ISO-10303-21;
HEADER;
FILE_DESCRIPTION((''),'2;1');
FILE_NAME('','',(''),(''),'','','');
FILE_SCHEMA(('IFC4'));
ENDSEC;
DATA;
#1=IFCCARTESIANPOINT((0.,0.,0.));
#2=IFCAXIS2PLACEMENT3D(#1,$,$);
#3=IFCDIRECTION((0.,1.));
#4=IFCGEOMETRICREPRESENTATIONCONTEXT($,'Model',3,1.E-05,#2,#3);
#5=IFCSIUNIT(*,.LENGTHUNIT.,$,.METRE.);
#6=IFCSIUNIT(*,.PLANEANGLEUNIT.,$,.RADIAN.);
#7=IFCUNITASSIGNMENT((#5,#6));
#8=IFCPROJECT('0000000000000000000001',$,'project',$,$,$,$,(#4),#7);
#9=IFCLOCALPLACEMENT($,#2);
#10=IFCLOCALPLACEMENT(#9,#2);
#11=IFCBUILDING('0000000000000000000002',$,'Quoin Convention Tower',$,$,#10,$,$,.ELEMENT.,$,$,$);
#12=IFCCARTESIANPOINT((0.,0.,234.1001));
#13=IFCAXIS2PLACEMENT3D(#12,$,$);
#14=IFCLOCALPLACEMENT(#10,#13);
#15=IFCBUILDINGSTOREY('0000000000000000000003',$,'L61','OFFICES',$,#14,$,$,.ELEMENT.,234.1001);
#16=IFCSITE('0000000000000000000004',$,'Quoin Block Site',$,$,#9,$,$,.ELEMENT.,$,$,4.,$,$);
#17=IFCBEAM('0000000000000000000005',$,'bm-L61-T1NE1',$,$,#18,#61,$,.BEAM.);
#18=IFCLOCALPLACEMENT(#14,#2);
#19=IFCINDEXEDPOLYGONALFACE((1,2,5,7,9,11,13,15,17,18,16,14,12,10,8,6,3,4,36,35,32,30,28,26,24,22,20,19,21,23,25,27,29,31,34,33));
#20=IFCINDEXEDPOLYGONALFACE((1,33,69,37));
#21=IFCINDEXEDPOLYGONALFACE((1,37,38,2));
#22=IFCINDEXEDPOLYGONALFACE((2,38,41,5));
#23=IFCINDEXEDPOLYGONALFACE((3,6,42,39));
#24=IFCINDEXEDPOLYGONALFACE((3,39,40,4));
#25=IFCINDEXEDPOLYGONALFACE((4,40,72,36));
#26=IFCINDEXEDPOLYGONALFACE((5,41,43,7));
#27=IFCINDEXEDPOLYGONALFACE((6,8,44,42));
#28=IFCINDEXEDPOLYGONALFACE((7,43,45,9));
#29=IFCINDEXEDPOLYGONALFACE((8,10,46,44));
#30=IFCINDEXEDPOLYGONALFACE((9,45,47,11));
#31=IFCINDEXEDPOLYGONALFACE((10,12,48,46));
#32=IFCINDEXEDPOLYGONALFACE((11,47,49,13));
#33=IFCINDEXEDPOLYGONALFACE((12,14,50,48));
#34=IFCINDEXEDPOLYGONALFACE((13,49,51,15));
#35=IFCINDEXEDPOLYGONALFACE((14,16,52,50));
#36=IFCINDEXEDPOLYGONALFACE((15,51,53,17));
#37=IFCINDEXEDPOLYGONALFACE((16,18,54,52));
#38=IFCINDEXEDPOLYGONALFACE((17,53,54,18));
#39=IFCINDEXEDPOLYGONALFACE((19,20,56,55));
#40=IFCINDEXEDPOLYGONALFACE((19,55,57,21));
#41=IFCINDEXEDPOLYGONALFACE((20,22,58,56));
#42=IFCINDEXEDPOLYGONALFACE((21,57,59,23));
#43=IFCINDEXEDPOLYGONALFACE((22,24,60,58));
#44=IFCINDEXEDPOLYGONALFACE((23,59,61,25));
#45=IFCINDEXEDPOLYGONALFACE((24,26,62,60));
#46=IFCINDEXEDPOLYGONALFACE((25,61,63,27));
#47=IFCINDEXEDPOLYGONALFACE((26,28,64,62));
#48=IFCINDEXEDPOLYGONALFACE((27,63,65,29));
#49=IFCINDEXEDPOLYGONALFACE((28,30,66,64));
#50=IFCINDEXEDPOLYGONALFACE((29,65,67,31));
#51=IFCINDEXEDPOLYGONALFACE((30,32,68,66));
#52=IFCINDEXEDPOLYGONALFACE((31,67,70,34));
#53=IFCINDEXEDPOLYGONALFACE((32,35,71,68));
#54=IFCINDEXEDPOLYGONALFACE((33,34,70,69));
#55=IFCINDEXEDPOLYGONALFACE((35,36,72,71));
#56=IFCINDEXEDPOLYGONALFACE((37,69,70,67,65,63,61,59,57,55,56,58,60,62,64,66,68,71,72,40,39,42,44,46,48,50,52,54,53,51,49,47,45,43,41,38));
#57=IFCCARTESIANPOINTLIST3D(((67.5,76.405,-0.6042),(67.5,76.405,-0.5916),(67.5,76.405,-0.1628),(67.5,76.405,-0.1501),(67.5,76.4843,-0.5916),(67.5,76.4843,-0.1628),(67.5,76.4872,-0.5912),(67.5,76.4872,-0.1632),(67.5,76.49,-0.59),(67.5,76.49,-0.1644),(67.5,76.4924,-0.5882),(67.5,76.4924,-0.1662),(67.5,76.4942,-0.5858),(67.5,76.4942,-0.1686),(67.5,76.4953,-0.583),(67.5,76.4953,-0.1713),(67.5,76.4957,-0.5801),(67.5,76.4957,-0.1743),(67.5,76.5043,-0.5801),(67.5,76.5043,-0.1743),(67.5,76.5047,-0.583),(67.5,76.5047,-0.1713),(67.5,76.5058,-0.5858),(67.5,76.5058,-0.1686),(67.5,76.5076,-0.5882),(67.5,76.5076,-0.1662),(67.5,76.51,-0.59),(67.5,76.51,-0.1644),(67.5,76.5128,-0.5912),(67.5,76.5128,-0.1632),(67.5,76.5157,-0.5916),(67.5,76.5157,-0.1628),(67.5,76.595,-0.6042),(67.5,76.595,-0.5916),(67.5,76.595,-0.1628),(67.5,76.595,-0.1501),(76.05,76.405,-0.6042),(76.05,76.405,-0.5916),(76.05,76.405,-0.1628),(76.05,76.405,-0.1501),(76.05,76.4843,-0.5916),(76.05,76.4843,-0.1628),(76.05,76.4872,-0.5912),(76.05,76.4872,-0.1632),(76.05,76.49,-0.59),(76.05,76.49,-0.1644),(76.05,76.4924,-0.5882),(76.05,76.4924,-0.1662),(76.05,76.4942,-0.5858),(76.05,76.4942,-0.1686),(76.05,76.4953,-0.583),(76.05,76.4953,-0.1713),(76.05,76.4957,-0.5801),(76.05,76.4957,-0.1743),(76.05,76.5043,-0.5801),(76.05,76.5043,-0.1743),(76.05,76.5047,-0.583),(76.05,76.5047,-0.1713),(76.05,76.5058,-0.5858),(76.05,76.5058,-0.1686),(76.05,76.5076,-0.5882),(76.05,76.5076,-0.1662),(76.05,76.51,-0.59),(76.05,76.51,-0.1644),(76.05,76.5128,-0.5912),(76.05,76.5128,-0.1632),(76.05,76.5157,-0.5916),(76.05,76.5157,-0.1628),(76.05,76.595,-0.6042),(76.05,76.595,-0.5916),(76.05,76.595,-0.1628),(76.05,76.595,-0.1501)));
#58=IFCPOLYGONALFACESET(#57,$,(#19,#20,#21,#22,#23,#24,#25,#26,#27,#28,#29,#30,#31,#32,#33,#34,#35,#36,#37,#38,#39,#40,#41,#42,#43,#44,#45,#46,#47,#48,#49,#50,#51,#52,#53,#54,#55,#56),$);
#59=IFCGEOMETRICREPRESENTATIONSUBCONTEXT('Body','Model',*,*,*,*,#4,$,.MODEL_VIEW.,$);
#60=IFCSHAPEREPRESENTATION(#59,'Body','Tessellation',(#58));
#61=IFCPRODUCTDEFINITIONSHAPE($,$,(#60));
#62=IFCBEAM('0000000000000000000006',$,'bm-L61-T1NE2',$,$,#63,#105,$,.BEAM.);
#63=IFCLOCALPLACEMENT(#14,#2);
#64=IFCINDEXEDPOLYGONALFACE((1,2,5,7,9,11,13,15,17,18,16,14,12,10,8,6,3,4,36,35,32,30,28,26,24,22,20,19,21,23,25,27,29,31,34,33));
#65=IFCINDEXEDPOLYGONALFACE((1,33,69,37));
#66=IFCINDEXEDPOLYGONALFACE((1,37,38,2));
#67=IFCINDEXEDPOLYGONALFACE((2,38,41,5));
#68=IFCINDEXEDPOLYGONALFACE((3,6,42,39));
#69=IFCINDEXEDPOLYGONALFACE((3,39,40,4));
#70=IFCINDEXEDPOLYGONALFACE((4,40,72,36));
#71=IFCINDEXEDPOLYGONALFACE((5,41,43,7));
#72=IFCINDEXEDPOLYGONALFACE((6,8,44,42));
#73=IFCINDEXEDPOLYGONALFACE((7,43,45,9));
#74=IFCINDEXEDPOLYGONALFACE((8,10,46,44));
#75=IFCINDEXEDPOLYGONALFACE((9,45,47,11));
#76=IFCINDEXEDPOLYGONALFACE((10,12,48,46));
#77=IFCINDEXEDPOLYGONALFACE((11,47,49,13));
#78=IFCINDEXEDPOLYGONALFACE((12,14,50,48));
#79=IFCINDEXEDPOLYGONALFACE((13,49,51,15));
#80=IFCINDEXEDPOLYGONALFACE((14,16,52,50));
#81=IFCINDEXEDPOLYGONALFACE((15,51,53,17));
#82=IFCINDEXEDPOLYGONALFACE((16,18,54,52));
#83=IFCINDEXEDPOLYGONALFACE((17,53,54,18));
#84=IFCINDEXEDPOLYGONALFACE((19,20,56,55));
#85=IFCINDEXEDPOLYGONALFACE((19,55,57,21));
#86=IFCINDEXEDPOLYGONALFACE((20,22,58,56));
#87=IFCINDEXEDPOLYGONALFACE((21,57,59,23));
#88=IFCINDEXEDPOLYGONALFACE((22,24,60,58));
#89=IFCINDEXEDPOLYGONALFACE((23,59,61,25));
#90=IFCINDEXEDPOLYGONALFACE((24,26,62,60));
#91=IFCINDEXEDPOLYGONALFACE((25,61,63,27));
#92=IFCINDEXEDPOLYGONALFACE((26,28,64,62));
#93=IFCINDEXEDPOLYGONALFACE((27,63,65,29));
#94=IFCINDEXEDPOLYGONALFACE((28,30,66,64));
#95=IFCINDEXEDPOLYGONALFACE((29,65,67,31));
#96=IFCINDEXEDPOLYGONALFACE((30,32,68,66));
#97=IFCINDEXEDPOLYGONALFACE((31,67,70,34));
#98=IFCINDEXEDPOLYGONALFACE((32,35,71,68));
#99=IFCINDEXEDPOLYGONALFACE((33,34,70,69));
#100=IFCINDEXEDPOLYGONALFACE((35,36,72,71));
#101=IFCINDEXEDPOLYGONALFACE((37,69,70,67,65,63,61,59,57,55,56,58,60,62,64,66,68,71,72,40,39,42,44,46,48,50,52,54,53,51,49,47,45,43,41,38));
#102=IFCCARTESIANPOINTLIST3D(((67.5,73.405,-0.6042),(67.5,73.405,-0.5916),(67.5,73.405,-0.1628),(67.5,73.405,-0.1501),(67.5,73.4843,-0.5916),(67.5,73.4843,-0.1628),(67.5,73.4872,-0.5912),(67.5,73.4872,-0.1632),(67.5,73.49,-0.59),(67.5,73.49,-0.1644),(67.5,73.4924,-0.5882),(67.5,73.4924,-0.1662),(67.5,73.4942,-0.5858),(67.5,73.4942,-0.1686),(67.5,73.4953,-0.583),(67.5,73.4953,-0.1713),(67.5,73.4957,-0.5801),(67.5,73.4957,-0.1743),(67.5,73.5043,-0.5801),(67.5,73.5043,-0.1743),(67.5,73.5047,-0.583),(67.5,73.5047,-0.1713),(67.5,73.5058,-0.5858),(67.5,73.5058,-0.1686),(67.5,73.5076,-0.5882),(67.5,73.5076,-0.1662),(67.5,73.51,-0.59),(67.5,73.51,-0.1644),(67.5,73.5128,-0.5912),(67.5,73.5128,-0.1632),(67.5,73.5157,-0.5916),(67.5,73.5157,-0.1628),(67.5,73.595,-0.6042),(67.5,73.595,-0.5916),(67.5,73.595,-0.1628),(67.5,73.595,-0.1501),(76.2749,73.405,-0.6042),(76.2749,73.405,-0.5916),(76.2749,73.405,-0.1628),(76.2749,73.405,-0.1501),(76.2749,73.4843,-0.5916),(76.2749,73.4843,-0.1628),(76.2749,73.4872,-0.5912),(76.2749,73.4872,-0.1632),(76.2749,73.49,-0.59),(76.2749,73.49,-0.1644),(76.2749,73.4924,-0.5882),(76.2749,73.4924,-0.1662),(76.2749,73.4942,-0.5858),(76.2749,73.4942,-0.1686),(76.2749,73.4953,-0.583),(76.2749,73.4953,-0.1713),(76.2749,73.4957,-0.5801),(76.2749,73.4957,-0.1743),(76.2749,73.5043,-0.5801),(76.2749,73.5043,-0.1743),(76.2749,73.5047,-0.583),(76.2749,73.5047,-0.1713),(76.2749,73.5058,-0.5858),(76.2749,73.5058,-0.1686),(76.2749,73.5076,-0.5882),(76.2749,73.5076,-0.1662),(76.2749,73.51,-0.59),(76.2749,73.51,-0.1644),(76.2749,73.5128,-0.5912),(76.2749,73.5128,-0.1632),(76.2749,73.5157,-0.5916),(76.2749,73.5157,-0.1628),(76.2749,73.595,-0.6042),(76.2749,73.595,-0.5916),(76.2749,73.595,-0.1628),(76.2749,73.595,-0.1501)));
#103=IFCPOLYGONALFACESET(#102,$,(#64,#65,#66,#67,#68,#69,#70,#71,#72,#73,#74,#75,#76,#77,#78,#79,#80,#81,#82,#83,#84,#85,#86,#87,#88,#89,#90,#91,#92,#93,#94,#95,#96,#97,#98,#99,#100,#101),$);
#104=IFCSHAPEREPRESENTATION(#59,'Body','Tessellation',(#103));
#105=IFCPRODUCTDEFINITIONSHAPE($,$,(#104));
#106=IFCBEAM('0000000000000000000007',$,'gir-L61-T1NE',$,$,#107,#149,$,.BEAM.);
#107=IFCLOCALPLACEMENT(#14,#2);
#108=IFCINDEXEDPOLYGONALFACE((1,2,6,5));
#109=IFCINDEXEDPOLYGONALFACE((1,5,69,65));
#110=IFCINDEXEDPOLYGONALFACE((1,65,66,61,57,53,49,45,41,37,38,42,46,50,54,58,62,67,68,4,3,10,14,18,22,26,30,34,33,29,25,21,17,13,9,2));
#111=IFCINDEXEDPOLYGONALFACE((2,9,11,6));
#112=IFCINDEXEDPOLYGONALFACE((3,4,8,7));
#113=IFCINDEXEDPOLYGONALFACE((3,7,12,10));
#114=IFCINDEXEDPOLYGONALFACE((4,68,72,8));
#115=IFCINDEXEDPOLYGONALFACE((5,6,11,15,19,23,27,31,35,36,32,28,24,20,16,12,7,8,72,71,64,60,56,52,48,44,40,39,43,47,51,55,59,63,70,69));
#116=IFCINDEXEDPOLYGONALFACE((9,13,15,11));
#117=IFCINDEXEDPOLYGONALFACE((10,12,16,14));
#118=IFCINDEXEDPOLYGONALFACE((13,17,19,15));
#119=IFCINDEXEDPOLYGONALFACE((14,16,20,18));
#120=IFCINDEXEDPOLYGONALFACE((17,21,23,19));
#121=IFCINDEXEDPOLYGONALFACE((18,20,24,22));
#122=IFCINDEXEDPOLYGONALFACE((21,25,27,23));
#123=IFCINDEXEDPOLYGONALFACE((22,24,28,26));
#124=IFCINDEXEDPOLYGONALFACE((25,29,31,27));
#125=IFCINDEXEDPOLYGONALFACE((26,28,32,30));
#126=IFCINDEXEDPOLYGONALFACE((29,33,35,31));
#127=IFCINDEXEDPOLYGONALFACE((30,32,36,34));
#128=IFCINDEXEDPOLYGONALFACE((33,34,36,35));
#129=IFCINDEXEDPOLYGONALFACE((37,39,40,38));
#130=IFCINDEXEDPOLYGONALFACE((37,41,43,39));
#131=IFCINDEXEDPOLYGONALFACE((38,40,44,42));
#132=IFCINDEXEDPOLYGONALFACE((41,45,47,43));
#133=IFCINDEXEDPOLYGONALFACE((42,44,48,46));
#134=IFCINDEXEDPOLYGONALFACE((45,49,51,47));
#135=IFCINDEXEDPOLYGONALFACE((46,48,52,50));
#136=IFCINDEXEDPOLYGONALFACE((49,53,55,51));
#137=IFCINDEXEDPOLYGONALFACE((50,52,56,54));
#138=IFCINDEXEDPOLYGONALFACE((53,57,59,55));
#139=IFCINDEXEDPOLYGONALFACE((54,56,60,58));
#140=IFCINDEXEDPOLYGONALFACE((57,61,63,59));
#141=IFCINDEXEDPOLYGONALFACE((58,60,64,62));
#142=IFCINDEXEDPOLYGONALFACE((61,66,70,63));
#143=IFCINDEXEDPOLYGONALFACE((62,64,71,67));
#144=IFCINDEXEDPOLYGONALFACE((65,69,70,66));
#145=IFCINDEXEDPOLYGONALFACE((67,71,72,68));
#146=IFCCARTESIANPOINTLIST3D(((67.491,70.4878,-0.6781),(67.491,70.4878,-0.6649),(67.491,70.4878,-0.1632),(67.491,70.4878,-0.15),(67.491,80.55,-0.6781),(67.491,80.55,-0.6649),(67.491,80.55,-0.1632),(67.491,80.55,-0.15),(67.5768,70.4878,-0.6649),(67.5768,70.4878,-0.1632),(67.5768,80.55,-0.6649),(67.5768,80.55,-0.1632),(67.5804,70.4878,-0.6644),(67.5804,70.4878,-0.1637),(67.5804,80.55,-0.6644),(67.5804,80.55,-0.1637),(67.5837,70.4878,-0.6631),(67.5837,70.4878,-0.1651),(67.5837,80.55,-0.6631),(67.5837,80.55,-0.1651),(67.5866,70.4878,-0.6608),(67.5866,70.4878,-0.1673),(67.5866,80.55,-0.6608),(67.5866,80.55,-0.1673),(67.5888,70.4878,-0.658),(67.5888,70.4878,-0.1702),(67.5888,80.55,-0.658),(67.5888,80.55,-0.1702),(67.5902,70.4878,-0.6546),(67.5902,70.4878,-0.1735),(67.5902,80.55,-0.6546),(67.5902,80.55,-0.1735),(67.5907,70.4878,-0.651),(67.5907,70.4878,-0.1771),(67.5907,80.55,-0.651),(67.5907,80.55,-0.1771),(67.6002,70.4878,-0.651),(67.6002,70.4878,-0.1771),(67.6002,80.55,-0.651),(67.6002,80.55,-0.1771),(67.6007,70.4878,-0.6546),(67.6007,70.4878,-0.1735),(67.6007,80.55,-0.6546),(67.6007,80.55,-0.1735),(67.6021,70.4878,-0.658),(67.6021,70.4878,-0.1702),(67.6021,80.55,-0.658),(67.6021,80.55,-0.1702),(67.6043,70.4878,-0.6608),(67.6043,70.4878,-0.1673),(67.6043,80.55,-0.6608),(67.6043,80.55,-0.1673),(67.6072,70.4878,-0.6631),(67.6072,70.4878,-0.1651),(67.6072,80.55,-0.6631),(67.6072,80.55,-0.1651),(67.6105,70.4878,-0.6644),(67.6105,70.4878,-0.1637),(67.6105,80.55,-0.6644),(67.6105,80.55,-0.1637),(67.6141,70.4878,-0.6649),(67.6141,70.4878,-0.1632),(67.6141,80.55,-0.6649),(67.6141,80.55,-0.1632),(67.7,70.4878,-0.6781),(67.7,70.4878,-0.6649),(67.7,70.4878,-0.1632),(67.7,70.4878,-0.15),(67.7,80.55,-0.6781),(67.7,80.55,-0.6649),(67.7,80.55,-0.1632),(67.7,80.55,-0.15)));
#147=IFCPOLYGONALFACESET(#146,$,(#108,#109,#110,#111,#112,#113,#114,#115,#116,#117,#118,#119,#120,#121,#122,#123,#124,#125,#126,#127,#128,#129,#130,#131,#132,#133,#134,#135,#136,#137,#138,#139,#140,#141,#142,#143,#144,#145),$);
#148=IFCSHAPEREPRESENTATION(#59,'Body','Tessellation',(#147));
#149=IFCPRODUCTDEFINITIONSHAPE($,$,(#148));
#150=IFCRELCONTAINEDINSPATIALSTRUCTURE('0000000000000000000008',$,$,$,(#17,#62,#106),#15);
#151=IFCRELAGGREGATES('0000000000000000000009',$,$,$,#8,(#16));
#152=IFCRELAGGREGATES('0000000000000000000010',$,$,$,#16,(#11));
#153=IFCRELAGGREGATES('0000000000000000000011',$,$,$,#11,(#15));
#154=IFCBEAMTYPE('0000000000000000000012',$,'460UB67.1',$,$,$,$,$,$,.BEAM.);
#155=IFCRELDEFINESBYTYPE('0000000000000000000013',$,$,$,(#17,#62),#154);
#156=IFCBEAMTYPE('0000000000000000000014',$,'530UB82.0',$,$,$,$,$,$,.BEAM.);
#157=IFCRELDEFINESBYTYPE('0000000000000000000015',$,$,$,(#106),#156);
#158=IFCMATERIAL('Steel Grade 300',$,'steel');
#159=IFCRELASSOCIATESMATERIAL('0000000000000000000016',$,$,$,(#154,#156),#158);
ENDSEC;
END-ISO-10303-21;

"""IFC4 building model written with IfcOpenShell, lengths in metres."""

from ifc_helpers import new_model, si_unit, direction, frame, origin, origin_2d, place, context, subcontext, project, spatial, i_section, extrude, material, material_profile, profile_set, type_object, element, save


model = new_model("IFC4")

# Units and contexts
model_context = context("Model", 3, precision=1e-05, world=origin(), true_north=direction((0.0, 1.0)))
body_context = subcontext(model_context, "Body", "Model", "MODEL_VIEW")
ifc_project = project(units=[si_unit("LENGTHUNIT", "METRE"), si_unit("PLANEANGLEUNIT", "RADIAN")], contexts=[model_context])

# Site, building, storey
site_placement = place(None, origin())
site = spatial("IfcSite", under=ifc_project, at=site_placement, Name="Quoin Block Site", CompositionType="ELEMENT", RefElevation=4.0)
building_placement = place(site_placement, origin())
building = spatial("IfcBuilding", under=site, at=building_placement, Name="Quoin Convention Tower", CompositionType="ELEMENT")
storey_placement = place(building_placement, frame((0.0, 0.0, 234.1001)))
storey = spatial("IfcBuildingStorey", under=building, at=storey_placement, Name="L61", Description="OFFICES", CompositionType="ELEMENT", Elevation=234.1001)

# Beams
ifc_material_1 = material(Name="Steel Grade 300", Category="steel")
ifc_material_profile_1 = material_profile(ifc_material_1, i_section(OverallWidth=0.1899, OverallDepth=0.4541, WebThickness=0.0085, FlangeThickness=0.0127, FilletRadius=0.0115, at=origin_2d()), Name="460UB67.1")
ifc_profile_set_1 = profile_set([ifc_material_profile_1], Name="Steel Grade 300")
beam_type_1 = type_object("IfcBeamType", Name="460UB67.1", PredefinedType="BEAM", material=ifc_profile_set_1)
beam_1_placement = place(storey_placement, frame((67.5, 76.5, -0.3772), z_axis=(1.0, 0.0, 0.0), x_axis=(0.0, 1.0, 0.0)))
element("IfcBeam", 1, at=beam_1_placement, inside=storey, type_object=beam_type_1, Name="bm-L61-T1NE1", PredefinedType="BEAM", context=body_context, shape_type="SweptSolid", body=[
    extrude(i_section(OverallWidth=0.1899, OverallDepth=0.4541, WebThickness=0.0085, FlangeThickness=0.0127, FilletRadius=0.0115, at=origin_2d()), origin(), (0.0, 0.0, 1.0), 8.55),
])
beam_2_placement = place(storey_placement, frame((67.5, 73.5, -0.3772), z_axis=(1.0, 0.0, 0.0), x_axis=(0.0, 1.0, 0.0)))
element("IfcBeam", 2, at=beam_2_placement, inside=storey, type_object=beam_type_1, Name="bm-L61-T1NE2", PredefinedType="BEAM", context=body_context, shape_type="SweptSolid", body=[
    extrude(i_section(OverallWidth=0.1899, OverallDepth=0.4541, WebThickness=0.0085, FlangeThickness=0.0127, FilletRadius=0.0115, at=origin_2d()), origin(), (0.0, 0.0, 1.0), 8.7749),
])
ifc_material_profile_2 = material_profile(ifc_material_1, i_section(OverallWidth=0.209, OverallDepth=0.5281, WebThickness=0.0095, FlangeThickness=0.0132, FilletRadius=0.0139, at=origin_2d()), Name="530UB82.0")
ifc_profile_set_2 = profile_set([ifc_material_profile_2], Name="Steel Grade 300")
beam_type_2 = type_object("IfcBeamType", Name="530UB82.0", PredefinedType="BEAM", material=ifc_profile_set_2)
beam_3_placement = place(storey_placement, frame((67.5955, 80.55, -0.4141), z_axis=(0.0, -1.0, 0.0), x_axis=(1.0, 0.0, 0.0)))
element("IfcBeam", 3, at=beam_3_placement, inside=storey, type_object=beam_type_2, Name="gir-L61-T1NE", PredefinedType="BEAM", context=body_context, shape_type="SweptSolid", body=[
    extrude(i_section(OverallWidth=0.209, OverallDepth=0.5281, WebThickness=0.0095, FlangeThickness=0.0132, FilletRadius=0.0139, at=origin_2d()), origin(), (0.0, 0.0, 1.0), 10.0623),
])

save(model, "model.ifc")
